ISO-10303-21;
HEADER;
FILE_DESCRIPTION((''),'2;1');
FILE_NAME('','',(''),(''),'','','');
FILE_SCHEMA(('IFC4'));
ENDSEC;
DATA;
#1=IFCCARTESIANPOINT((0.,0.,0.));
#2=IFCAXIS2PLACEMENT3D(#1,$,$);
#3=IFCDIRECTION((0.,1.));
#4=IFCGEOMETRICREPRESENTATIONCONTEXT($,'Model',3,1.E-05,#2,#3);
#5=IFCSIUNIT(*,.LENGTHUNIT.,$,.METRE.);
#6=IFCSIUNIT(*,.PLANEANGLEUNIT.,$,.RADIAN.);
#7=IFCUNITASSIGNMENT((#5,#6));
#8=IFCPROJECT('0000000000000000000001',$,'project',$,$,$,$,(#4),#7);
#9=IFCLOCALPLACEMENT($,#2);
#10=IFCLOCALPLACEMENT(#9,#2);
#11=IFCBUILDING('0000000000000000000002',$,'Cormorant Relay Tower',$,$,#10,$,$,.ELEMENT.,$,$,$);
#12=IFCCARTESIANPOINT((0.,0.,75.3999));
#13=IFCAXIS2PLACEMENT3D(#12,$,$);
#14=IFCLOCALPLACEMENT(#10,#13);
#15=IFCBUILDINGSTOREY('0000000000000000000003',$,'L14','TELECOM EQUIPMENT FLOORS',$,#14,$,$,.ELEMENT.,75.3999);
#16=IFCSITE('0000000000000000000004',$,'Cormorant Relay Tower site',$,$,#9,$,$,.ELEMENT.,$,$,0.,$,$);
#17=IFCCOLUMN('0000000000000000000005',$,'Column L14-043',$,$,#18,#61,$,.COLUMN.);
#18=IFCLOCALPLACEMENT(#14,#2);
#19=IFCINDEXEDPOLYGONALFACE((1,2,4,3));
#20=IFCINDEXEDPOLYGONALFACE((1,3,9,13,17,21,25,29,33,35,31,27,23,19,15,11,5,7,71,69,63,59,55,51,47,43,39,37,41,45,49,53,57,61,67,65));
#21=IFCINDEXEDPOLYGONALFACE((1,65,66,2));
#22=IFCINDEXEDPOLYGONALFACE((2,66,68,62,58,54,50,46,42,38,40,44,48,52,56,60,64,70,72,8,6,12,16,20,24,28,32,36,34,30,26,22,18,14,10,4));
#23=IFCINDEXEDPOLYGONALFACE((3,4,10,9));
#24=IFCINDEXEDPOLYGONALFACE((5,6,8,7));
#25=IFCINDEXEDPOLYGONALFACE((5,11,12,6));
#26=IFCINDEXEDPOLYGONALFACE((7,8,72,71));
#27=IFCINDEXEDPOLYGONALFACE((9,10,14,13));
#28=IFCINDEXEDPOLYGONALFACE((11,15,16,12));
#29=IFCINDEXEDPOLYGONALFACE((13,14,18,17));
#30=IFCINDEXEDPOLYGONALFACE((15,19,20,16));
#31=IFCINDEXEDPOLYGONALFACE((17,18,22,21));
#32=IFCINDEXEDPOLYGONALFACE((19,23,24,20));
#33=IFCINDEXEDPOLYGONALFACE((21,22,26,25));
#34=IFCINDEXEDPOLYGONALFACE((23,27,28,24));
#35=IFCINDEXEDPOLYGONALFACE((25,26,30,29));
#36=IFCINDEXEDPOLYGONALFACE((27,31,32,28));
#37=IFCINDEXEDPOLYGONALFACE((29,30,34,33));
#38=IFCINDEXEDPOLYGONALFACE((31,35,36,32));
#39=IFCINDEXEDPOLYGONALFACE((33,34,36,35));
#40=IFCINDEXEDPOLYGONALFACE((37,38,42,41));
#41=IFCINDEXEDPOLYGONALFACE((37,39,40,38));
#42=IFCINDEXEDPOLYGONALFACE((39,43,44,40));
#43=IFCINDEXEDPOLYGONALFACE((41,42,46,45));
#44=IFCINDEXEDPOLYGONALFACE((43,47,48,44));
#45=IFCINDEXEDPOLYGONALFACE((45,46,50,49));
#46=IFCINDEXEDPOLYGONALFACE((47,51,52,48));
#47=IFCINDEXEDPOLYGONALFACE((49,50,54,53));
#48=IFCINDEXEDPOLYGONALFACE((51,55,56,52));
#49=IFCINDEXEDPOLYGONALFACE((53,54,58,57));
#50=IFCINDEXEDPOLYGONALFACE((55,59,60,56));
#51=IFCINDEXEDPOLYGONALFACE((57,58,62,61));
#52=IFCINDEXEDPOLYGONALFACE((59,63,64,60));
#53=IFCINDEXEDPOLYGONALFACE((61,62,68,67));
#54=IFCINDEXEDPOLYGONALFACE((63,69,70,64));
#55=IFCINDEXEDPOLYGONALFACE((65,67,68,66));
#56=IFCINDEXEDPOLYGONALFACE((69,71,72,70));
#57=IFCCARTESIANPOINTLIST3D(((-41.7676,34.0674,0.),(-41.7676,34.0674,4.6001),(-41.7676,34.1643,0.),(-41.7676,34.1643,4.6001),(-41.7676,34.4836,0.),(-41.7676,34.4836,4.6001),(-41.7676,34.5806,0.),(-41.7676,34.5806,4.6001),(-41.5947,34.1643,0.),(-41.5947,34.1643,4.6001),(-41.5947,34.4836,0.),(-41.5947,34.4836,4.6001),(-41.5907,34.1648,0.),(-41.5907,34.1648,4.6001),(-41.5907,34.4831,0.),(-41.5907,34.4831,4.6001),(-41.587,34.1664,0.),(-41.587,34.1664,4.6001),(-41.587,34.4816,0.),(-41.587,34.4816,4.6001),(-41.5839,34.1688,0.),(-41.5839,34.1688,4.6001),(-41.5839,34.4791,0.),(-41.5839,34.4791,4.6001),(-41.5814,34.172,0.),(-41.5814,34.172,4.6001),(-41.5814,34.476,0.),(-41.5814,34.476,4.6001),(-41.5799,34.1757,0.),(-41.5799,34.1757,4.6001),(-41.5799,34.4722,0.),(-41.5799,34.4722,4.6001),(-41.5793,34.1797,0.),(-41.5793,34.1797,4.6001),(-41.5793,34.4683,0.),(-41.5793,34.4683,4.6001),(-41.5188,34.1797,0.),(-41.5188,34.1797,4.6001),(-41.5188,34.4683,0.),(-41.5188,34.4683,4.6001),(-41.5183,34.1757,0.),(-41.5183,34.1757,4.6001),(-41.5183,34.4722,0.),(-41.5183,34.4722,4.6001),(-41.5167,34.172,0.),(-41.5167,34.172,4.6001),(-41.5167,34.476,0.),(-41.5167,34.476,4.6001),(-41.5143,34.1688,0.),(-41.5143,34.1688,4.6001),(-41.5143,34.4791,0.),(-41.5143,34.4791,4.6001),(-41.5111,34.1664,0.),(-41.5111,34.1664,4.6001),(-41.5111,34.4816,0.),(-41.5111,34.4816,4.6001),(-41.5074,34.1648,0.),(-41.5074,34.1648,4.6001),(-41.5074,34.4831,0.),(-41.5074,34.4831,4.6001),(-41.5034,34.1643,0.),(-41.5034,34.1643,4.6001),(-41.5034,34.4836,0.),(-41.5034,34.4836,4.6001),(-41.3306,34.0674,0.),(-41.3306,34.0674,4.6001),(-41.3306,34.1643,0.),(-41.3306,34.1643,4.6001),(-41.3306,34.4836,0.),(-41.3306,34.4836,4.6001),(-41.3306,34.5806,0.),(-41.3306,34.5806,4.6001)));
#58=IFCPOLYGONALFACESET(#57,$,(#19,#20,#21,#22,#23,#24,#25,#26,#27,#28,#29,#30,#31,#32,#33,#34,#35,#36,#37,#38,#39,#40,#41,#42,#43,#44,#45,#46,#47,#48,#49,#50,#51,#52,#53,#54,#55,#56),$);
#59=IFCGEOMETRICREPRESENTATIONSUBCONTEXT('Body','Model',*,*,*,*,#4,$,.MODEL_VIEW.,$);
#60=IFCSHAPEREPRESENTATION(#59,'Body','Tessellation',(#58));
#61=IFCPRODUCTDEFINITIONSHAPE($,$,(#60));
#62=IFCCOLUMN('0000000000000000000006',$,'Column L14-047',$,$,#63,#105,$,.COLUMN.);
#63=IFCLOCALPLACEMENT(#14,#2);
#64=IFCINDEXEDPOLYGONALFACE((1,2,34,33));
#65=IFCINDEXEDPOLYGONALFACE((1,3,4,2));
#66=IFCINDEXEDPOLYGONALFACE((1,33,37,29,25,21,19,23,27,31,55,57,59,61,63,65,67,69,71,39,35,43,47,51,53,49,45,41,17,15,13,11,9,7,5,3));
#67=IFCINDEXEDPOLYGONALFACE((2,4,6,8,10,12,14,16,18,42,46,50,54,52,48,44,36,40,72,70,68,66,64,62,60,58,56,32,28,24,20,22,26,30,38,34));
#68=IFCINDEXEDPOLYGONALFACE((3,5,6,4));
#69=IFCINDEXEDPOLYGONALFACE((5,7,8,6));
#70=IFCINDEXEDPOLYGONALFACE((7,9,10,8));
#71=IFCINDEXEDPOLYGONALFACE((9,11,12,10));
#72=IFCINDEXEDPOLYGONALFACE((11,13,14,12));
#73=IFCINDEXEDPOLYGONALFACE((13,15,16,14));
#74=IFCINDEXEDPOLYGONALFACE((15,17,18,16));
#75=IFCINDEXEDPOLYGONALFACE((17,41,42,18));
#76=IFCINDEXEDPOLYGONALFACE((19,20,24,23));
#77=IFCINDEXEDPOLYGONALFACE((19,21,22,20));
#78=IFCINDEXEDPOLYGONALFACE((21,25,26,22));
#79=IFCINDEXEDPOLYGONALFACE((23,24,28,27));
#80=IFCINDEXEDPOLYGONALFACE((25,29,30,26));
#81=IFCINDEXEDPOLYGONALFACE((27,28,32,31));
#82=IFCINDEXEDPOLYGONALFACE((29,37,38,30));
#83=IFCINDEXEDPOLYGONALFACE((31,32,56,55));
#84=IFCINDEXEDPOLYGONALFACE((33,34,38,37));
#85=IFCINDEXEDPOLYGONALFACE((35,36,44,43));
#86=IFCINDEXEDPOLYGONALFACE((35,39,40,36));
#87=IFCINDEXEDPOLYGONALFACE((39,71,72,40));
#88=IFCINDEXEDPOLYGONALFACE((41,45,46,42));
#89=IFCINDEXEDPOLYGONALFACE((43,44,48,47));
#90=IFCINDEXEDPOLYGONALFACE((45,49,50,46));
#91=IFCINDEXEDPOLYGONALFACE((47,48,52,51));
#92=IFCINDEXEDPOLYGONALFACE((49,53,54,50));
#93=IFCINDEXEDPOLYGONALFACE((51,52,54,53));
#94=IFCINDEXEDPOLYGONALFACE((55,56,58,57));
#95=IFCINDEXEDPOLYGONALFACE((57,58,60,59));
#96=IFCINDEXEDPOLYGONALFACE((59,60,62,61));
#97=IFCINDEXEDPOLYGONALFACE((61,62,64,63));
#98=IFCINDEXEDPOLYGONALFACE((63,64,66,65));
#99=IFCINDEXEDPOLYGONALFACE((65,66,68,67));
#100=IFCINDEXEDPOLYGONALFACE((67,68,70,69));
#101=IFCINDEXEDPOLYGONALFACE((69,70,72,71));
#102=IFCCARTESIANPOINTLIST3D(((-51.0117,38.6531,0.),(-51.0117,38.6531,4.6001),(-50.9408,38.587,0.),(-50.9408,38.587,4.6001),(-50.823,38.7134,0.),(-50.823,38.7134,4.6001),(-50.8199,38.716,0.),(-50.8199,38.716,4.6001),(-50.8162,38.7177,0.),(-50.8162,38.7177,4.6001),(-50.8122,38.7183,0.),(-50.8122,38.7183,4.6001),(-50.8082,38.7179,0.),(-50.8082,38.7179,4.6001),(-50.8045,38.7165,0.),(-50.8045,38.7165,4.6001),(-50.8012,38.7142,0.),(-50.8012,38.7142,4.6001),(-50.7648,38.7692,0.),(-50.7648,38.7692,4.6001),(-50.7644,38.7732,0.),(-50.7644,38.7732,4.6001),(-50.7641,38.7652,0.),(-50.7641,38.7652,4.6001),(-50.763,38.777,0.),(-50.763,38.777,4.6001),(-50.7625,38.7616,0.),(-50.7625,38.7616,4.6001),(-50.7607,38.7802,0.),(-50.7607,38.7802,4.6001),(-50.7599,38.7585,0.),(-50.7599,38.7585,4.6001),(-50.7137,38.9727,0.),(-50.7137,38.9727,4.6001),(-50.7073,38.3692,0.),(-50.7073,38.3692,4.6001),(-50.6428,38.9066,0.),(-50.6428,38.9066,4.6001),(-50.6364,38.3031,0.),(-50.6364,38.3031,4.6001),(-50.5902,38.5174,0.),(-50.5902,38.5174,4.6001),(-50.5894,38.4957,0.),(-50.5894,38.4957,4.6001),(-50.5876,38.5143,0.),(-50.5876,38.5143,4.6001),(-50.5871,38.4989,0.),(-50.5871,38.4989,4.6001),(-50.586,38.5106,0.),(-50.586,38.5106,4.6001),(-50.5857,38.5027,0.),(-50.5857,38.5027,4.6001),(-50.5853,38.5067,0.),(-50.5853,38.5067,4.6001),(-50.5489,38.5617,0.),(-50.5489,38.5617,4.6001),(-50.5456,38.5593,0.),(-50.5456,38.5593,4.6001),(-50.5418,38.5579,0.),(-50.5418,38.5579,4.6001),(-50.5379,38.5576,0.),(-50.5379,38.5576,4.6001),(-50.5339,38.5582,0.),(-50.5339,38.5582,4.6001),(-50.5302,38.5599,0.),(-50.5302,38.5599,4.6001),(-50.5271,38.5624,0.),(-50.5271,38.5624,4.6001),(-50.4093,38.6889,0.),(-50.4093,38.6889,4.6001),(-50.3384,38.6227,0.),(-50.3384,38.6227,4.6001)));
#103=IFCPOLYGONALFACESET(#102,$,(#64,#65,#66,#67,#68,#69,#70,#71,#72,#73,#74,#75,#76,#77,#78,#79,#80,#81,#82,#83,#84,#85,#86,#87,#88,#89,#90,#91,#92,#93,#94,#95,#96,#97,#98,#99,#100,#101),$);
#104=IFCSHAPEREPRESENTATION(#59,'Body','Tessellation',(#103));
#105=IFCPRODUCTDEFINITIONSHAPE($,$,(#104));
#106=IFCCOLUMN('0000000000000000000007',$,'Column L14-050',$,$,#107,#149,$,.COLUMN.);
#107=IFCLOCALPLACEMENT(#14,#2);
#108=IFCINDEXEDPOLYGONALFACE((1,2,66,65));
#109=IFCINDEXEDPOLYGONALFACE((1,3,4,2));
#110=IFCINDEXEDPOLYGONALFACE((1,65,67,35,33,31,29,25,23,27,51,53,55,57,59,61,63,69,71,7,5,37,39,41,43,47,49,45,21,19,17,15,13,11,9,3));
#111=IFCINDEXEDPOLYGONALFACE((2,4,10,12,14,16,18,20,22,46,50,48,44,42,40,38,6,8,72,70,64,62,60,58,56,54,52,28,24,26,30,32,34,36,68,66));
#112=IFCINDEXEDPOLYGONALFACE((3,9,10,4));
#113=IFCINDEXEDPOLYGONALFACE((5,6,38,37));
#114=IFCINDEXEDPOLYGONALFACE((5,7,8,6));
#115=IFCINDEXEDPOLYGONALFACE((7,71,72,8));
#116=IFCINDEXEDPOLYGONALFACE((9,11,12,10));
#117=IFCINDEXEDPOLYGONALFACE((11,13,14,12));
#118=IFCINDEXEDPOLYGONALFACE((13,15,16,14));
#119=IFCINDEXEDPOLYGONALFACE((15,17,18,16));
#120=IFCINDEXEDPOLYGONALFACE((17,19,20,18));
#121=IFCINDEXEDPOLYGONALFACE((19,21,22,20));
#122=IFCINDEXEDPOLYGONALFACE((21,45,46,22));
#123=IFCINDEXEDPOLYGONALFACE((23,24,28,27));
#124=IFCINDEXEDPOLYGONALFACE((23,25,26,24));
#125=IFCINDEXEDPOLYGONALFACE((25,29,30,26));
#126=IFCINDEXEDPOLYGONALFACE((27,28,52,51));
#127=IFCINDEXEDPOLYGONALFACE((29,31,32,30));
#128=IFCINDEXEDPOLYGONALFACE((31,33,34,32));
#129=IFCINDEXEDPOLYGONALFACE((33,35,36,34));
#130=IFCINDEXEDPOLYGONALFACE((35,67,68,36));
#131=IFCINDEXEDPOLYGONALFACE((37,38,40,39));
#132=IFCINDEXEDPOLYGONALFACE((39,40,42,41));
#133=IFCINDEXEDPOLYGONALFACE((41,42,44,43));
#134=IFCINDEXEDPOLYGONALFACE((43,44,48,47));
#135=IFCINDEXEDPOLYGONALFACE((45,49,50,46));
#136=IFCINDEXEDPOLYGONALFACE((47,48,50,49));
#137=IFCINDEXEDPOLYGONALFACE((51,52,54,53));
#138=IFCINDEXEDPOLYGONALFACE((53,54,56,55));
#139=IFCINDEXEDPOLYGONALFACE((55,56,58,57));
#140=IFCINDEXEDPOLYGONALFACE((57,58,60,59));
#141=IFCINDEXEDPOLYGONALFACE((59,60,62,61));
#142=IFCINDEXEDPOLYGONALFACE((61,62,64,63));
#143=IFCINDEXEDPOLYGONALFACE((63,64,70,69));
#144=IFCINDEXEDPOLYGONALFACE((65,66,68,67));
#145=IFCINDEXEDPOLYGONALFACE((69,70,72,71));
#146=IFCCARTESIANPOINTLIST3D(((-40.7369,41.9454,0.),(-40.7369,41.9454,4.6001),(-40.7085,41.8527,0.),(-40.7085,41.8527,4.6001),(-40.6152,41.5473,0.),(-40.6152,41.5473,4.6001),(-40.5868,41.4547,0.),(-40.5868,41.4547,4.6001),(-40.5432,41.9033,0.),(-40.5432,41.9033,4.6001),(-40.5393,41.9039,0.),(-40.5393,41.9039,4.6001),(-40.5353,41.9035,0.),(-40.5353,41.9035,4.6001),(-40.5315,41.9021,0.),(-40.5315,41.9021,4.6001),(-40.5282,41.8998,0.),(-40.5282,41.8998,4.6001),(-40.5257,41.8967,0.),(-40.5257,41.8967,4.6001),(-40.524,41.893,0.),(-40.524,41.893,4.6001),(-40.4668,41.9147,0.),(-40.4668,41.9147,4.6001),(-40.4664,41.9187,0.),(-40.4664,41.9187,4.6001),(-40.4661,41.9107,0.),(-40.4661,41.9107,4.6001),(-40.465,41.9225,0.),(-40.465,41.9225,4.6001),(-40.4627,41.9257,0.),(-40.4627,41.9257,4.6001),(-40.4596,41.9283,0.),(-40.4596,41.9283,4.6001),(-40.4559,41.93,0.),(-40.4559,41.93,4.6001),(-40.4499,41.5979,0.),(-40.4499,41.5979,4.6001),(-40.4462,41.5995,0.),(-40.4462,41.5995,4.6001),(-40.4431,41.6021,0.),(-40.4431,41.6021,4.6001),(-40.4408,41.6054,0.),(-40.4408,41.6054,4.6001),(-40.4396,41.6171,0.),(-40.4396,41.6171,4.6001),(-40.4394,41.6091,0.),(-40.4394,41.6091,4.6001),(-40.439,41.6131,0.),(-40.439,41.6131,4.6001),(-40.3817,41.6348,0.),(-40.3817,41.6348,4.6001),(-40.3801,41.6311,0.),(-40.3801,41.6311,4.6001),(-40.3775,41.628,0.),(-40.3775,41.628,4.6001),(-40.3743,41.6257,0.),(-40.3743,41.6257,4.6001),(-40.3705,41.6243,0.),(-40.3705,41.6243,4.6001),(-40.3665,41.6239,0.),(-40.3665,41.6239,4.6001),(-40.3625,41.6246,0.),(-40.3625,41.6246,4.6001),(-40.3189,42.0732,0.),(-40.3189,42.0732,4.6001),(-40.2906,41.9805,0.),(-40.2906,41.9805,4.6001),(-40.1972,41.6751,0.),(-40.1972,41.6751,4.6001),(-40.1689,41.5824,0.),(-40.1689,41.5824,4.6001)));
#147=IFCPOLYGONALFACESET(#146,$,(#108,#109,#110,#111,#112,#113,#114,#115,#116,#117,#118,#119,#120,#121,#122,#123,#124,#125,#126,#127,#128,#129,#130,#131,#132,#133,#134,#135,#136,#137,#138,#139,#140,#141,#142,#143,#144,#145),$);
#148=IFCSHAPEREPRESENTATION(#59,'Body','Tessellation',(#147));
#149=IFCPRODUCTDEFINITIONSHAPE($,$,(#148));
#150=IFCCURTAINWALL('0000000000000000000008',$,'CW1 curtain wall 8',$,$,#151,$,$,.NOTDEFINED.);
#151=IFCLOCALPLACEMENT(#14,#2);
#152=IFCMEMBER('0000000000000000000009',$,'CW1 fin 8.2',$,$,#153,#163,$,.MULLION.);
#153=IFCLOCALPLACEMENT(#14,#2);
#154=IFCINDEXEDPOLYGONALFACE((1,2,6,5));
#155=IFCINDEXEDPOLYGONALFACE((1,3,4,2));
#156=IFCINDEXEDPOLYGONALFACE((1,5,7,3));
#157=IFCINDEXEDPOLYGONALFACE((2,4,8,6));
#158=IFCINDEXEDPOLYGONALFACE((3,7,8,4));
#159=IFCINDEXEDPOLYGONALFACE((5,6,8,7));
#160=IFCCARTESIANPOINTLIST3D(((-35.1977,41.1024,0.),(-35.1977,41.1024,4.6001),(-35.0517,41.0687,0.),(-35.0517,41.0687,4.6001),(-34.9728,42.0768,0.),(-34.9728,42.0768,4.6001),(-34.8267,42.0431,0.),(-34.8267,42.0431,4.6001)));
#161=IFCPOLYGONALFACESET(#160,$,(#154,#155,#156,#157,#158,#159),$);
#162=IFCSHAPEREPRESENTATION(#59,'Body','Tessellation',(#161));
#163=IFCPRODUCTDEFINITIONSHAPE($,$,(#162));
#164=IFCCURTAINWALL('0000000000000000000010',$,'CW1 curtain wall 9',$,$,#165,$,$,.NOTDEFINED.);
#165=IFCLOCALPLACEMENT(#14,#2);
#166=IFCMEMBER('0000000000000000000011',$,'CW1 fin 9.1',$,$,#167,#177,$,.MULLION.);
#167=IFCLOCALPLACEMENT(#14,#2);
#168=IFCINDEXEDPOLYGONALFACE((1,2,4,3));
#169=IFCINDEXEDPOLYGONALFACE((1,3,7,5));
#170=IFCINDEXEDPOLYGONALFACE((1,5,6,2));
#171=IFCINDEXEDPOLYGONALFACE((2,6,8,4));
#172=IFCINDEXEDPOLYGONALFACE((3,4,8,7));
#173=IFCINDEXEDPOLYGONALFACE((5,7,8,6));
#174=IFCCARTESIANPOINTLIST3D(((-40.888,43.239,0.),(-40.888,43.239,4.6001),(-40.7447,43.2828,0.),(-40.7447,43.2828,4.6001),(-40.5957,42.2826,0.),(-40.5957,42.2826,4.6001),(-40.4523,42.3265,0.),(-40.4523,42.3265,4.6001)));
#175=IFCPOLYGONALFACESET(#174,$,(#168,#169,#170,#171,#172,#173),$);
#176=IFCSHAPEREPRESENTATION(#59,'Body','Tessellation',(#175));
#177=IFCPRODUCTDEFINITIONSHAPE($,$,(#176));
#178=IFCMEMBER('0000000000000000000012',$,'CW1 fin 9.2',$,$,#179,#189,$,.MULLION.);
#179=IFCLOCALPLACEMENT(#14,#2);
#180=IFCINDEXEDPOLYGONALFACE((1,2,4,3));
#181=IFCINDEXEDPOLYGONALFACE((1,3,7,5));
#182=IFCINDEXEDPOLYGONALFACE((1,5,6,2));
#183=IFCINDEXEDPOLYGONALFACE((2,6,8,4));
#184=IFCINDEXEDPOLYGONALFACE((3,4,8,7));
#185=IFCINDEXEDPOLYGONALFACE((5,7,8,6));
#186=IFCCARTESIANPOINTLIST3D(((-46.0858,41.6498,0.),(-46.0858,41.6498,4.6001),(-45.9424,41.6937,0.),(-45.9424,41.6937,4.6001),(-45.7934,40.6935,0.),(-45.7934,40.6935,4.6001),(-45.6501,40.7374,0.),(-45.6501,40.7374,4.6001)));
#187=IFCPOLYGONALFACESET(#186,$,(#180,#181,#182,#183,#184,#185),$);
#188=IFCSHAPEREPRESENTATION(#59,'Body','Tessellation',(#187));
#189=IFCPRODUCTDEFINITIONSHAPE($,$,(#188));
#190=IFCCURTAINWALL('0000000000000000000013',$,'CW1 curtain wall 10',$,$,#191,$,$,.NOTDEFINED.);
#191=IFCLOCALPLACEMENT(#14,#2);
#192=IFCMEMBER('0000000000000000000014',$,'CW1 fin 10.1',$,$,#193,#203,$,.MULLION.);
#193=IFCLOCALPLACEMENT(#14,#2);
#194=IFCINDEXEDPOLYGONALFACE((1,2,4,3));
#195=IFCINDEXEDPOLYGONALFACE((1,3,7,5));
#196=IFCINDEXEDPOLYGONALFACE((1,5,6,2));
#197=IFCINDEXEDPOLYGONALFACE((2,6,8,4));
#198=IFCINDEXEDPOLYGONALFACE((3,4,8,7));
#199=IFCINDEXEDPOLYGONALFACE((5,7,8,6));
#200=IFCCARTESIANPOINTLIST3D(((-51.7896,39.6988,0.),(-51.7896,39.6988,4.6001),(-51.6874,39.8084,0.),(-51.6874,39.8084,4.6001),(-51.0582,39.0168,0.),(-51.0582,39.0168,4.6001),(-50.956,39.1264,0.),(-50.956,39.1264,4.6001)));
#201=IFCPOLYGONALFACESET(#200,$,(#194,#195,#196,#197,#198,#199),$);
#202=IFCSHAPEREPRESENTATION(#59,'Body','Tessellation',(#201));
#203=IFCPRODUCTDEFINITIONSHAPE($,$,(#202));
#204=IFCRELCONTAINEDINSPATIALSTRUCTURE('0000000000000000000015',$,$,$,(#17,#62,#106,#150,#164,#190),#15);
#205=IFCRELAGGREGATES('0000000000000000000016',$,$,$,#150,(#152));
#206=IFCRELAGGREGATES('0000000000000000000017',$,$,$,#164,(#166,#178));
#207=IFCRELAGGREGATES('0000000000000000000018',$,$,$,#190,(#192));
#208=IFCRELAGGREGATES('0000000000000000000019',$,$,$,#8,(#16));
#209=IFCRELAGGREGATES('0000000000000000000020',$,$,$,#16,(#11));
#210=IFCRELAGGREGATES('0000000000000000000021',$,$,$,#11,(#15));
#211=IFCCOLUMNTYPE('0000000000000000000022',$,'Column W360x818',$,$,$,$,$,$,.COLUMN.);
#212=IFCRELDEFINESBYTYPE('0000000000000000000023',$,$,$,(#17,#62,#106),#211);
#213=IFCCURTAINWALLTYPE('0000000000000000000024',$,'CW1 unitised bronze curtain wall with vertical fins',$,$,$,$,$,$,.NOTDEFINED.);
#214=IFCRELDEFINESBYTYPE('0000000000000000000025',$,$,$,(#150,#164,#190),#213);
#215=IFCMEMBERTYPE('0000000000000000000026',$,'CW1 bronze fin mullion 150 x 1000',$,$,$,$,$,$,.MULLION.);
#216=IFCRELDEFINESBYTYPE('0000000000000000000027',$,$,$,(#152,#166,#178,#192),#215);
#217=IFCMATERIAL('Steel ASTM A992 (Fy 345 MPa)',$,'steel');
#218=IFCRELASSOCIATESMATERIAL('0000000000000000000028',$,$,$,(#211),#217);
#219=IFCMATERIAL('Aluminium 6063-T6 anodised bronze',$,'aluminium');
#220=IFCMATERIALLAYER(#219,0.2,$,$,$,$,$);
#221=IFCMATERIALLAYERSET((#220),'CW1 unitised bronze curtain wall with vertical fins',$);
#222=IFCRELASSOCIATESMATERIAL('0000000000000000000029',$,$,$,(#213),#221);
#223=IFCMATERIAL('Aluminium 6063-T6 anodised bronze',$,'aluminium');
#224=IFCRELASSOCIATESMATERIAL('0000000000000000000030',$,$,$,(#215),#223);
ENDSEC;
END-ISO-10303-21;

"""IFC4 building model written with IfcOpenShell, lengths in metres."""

from ifc_helpers import new_model, si_unit, direction, frame, origin, origin_2d, place, context, subcontext, project, spatial, rectangle, i_section, extrude, material, layer, layer_set, material_profile, profile_set, type_object, element, aggregate, save


model = new_model("IFC4")

# Units and contexts
model_context = context("Model", 3, precision=1e-05, world=origin(), true_north=direction((0.0, 1.0)))
body_context = subcontext(model_context, "Body", "Model", "MODEL_VIEW")
ifc_project = project(units=[si_unit("LENGTHUNIT", "METRE"), si_unit("PLANEANGLEUNIT", "RADIAN")], contexts=[model_context])

# Site, building, storey
site_placement = place(None, origin())
site = spatial("IfcSite", under=ifc_project, at=site_placement, Name="Cormorant Relay Tower site", CompositionType="ELEMENT", RefElevation=0.0)
building_placement = place(site_placement, origin())
building = spatial("IfcBuilding", under=site, at=building_placement, Name="Cormorant Relay Tower", CompositionType="ELEMENT")
storey_placement = place(building_placement, frame((0.0, 0.0, 75.3999)))
storey = spatial("IfcBuildingStorey", under=building, at=storey_placement, Name="L14", Description="TELECOM EQUIPMENT FLOORS", CompositionType="ELEMENT", Elevation=75.3999)

# Columns
ifc_material_1 = material(Name="Steel ASTM A992 (Fy 345 MPa)", Category="steel")
ifc_material_profile_1 = material_profile(ifc_material_1, i_section(OverallWidth=0.437, OverallDepth=0.5132, WebThickness=0.0605, FlangeThickness=0.0969, FilletRadius=0.0154, at=origin_2d()), Name="W360x818")
ifc_profile_set_1 = profile_set([ifc_material_profile_1], Name="Steel ASTM A992 (Fy 345 MPa)")
column_type = type_object("IfcColumnType", Name="Column W360x818", PredefinedType="COLUMN", material=ifc_profile_set_1)
for number, where, z_axis, x_axis, name in (
    (1, (-41.5491, 34.324, 0.0), (0.0, 0.0, 1.0), (1.0, 0.0, 0.0), "Column L14-043"),
    (2, (-50.675, 38.6379, 0.0), (0.0, 0.0, 1.0), (-0.681998, -0.731354, 0.0), "Column L14-047"),
    (3, (-40.4529, 41.7639, 0.0), (0.0, 0.0, 1.0), (-0.956305, -0.292372, 0.0), "Column L14-050"),
):
    element("IfcColumn", number, at=place(storey_placement, frame(where, z_axis=z_axis, x_axis=x_axis)), inside=storey, type_object=column_type, Name=name, PredefinedType="COLUMN", context=body_context, shape_type="SweptSolid", body=[
        extrude(i_section(OverallWidth=0.437, OverallDepth=0.5132, WebThickness=0.0605, FlangeThickness=0.0969, FilletRadius=0.0154, at=origin_2d()), origin(), (0.0, 0.0, 1.0), 4.6001),
    ])

# Curtain wall, member
ifc_material_2 = material(Name="Aluminium 6063-T6 anodised bronze", Category="aluminium")
ifc_layer_1 = layer(ifc_material_2, 0.2)
ifc_layer_set_1 = layer_set([ifc_layer_1], Name="CW1 unitised bronze curtain wall with vertical fins")
curtain_wall_type = type_object("IfcCurtainWallType", Name="CW1 unitised bronze curtain wall with vertical fins", PredefinedType="NOTDEFINED", material=ifc_layer_set_1)
curtain_wall_1_placement = place(storey_placement, origin())
curtain_wall_1 = element("IfcCurtainWall", 4, at=curtain_wall_1_placement, inside=storey, type_object=curtain_wall_type, Name="CW1 curtain wall 8", PredefinedType="NOTDEFINED")
ifc_material_3 = material(Name="Aluminium 6063-T6 anodised bronze", Category="aluminium")
ifc_material_profile_2 = material_profile(ifc_material_3, rectangle(XDim=0.1499, YDim=1.0, at=origin_2d()), Name="AL 150x1000")
ifc_profile_set_2 = profile_set([ifc_material_profile_2], Name="Aluminium 6063-T6 anodised bronze")
member_type_1 = type_object("IfcMemberType", Name="CW1 bronze fin mullion 150 x 1000", PredefinedType="MULLION", material=ifc_profile_set_2)
member_1_placement = place(storey_placement, frame((-35.0122, 41.5728, 0.0), z_axis=(0.0, 0.0, 1.0), x_axis=(-0.97437, 0.224951, 0.0)))
member_1 = element("IfcMember", 5, at=member_1_placement, type_object=member_type_1, Name="CW1 fin 8.2", PredefinedType="MULLION", context=body_context, shape_type="SweptSolid", body=[
    extrude(rectangle(XDim=0.1499, YDim=1.0, at=origin_2d()), origin(), (0.0, 0.0, 1.0), 4.6001),
])

# Curtain walls, members
curtain_wall_2_placement = place(storey_placement, origin())
curtain_wall_2 = element("IfcCurtainWall", 6, at=curtain_wall_2_placement, inside=storey, type_object=curtain_wall_type, Name="CW1 curtain wall 9", PredefinedType="NOTDEFINED")
member_2_placement = place(storey_placement, frame((-40.6702, 42.7827, 0.0), z_axis=(0.0, 0.0, 1.0), x_axis=(-0.956305, -0.292372, 0.0)))
member_2 = element("IfcMember", 7, at=member_2_placement, type_object=member_type_1, Name="CW1 fin 9.1", PredefinedType="MULLION", context=body_context, shape_type="SweptSolid", body=[
    extrude(rectangle(XDim=0.1499, YDim=1.0, at=origin_2d()), origin(), (0.0, 0.0, 1.0), 4.6001),
])
member_3_placement = place(storey_placement, frame((-45.8679, 41.1936, 0.0), z_axis=(0.0, 0.0, 1.0), x_axis=(-0.956305, -0.292372, 0.0)))
member_3 = element("IfcMember", 8, at=member_3_placement, type_object=member_type_1, Name="CW1 fin 9.2", PredefinedType="MULLION", context=body_context, shape_type="SweptSolid", body=[
    extrude(rectangle(XDim=0.1499, YDim=1.0, at=origin_2d()), origin(), (0.0, 0.0, 1.0), 4.6001),
])
curtain_wall_3_placement = place(storey_placement, origin())
curtain_wall_3 = element("IfcCurtainWall", 9, at=curtain_wall_3_placement, inside=storey, type_object=curtain_wall_type, Name="CW1 curtain wall 10", PredefinedType="NOTDEFINED")
member_4_placement = place(storey_placement, frame((-51.3728, 39.4126, 0.0), z_axis=(0.0, 0.0, 1.0), x_axis=(-0.681998, -0.731354, 0.0)))
member_4 = element("IfcMember", 10, at=member_4_placement, type_object=member_type_1, Name="CW1 fin 10.1", PredefinedType="MULLION", context=body_context, shape_type="SweptSolid", body=[
    extrude(rectangle(XDim=0.1499, YDim=1.0, at=origin_2d()), origin(), (0.0, 0.0, 1.0), 4.6001),
])

aggregate(curtain_wall_1, [member_1])
aggregate(curtain_wall_2, [member_2, member_3])
aggregate(curtain_wall_3, [member_4])

save(model, "model.ifc")
